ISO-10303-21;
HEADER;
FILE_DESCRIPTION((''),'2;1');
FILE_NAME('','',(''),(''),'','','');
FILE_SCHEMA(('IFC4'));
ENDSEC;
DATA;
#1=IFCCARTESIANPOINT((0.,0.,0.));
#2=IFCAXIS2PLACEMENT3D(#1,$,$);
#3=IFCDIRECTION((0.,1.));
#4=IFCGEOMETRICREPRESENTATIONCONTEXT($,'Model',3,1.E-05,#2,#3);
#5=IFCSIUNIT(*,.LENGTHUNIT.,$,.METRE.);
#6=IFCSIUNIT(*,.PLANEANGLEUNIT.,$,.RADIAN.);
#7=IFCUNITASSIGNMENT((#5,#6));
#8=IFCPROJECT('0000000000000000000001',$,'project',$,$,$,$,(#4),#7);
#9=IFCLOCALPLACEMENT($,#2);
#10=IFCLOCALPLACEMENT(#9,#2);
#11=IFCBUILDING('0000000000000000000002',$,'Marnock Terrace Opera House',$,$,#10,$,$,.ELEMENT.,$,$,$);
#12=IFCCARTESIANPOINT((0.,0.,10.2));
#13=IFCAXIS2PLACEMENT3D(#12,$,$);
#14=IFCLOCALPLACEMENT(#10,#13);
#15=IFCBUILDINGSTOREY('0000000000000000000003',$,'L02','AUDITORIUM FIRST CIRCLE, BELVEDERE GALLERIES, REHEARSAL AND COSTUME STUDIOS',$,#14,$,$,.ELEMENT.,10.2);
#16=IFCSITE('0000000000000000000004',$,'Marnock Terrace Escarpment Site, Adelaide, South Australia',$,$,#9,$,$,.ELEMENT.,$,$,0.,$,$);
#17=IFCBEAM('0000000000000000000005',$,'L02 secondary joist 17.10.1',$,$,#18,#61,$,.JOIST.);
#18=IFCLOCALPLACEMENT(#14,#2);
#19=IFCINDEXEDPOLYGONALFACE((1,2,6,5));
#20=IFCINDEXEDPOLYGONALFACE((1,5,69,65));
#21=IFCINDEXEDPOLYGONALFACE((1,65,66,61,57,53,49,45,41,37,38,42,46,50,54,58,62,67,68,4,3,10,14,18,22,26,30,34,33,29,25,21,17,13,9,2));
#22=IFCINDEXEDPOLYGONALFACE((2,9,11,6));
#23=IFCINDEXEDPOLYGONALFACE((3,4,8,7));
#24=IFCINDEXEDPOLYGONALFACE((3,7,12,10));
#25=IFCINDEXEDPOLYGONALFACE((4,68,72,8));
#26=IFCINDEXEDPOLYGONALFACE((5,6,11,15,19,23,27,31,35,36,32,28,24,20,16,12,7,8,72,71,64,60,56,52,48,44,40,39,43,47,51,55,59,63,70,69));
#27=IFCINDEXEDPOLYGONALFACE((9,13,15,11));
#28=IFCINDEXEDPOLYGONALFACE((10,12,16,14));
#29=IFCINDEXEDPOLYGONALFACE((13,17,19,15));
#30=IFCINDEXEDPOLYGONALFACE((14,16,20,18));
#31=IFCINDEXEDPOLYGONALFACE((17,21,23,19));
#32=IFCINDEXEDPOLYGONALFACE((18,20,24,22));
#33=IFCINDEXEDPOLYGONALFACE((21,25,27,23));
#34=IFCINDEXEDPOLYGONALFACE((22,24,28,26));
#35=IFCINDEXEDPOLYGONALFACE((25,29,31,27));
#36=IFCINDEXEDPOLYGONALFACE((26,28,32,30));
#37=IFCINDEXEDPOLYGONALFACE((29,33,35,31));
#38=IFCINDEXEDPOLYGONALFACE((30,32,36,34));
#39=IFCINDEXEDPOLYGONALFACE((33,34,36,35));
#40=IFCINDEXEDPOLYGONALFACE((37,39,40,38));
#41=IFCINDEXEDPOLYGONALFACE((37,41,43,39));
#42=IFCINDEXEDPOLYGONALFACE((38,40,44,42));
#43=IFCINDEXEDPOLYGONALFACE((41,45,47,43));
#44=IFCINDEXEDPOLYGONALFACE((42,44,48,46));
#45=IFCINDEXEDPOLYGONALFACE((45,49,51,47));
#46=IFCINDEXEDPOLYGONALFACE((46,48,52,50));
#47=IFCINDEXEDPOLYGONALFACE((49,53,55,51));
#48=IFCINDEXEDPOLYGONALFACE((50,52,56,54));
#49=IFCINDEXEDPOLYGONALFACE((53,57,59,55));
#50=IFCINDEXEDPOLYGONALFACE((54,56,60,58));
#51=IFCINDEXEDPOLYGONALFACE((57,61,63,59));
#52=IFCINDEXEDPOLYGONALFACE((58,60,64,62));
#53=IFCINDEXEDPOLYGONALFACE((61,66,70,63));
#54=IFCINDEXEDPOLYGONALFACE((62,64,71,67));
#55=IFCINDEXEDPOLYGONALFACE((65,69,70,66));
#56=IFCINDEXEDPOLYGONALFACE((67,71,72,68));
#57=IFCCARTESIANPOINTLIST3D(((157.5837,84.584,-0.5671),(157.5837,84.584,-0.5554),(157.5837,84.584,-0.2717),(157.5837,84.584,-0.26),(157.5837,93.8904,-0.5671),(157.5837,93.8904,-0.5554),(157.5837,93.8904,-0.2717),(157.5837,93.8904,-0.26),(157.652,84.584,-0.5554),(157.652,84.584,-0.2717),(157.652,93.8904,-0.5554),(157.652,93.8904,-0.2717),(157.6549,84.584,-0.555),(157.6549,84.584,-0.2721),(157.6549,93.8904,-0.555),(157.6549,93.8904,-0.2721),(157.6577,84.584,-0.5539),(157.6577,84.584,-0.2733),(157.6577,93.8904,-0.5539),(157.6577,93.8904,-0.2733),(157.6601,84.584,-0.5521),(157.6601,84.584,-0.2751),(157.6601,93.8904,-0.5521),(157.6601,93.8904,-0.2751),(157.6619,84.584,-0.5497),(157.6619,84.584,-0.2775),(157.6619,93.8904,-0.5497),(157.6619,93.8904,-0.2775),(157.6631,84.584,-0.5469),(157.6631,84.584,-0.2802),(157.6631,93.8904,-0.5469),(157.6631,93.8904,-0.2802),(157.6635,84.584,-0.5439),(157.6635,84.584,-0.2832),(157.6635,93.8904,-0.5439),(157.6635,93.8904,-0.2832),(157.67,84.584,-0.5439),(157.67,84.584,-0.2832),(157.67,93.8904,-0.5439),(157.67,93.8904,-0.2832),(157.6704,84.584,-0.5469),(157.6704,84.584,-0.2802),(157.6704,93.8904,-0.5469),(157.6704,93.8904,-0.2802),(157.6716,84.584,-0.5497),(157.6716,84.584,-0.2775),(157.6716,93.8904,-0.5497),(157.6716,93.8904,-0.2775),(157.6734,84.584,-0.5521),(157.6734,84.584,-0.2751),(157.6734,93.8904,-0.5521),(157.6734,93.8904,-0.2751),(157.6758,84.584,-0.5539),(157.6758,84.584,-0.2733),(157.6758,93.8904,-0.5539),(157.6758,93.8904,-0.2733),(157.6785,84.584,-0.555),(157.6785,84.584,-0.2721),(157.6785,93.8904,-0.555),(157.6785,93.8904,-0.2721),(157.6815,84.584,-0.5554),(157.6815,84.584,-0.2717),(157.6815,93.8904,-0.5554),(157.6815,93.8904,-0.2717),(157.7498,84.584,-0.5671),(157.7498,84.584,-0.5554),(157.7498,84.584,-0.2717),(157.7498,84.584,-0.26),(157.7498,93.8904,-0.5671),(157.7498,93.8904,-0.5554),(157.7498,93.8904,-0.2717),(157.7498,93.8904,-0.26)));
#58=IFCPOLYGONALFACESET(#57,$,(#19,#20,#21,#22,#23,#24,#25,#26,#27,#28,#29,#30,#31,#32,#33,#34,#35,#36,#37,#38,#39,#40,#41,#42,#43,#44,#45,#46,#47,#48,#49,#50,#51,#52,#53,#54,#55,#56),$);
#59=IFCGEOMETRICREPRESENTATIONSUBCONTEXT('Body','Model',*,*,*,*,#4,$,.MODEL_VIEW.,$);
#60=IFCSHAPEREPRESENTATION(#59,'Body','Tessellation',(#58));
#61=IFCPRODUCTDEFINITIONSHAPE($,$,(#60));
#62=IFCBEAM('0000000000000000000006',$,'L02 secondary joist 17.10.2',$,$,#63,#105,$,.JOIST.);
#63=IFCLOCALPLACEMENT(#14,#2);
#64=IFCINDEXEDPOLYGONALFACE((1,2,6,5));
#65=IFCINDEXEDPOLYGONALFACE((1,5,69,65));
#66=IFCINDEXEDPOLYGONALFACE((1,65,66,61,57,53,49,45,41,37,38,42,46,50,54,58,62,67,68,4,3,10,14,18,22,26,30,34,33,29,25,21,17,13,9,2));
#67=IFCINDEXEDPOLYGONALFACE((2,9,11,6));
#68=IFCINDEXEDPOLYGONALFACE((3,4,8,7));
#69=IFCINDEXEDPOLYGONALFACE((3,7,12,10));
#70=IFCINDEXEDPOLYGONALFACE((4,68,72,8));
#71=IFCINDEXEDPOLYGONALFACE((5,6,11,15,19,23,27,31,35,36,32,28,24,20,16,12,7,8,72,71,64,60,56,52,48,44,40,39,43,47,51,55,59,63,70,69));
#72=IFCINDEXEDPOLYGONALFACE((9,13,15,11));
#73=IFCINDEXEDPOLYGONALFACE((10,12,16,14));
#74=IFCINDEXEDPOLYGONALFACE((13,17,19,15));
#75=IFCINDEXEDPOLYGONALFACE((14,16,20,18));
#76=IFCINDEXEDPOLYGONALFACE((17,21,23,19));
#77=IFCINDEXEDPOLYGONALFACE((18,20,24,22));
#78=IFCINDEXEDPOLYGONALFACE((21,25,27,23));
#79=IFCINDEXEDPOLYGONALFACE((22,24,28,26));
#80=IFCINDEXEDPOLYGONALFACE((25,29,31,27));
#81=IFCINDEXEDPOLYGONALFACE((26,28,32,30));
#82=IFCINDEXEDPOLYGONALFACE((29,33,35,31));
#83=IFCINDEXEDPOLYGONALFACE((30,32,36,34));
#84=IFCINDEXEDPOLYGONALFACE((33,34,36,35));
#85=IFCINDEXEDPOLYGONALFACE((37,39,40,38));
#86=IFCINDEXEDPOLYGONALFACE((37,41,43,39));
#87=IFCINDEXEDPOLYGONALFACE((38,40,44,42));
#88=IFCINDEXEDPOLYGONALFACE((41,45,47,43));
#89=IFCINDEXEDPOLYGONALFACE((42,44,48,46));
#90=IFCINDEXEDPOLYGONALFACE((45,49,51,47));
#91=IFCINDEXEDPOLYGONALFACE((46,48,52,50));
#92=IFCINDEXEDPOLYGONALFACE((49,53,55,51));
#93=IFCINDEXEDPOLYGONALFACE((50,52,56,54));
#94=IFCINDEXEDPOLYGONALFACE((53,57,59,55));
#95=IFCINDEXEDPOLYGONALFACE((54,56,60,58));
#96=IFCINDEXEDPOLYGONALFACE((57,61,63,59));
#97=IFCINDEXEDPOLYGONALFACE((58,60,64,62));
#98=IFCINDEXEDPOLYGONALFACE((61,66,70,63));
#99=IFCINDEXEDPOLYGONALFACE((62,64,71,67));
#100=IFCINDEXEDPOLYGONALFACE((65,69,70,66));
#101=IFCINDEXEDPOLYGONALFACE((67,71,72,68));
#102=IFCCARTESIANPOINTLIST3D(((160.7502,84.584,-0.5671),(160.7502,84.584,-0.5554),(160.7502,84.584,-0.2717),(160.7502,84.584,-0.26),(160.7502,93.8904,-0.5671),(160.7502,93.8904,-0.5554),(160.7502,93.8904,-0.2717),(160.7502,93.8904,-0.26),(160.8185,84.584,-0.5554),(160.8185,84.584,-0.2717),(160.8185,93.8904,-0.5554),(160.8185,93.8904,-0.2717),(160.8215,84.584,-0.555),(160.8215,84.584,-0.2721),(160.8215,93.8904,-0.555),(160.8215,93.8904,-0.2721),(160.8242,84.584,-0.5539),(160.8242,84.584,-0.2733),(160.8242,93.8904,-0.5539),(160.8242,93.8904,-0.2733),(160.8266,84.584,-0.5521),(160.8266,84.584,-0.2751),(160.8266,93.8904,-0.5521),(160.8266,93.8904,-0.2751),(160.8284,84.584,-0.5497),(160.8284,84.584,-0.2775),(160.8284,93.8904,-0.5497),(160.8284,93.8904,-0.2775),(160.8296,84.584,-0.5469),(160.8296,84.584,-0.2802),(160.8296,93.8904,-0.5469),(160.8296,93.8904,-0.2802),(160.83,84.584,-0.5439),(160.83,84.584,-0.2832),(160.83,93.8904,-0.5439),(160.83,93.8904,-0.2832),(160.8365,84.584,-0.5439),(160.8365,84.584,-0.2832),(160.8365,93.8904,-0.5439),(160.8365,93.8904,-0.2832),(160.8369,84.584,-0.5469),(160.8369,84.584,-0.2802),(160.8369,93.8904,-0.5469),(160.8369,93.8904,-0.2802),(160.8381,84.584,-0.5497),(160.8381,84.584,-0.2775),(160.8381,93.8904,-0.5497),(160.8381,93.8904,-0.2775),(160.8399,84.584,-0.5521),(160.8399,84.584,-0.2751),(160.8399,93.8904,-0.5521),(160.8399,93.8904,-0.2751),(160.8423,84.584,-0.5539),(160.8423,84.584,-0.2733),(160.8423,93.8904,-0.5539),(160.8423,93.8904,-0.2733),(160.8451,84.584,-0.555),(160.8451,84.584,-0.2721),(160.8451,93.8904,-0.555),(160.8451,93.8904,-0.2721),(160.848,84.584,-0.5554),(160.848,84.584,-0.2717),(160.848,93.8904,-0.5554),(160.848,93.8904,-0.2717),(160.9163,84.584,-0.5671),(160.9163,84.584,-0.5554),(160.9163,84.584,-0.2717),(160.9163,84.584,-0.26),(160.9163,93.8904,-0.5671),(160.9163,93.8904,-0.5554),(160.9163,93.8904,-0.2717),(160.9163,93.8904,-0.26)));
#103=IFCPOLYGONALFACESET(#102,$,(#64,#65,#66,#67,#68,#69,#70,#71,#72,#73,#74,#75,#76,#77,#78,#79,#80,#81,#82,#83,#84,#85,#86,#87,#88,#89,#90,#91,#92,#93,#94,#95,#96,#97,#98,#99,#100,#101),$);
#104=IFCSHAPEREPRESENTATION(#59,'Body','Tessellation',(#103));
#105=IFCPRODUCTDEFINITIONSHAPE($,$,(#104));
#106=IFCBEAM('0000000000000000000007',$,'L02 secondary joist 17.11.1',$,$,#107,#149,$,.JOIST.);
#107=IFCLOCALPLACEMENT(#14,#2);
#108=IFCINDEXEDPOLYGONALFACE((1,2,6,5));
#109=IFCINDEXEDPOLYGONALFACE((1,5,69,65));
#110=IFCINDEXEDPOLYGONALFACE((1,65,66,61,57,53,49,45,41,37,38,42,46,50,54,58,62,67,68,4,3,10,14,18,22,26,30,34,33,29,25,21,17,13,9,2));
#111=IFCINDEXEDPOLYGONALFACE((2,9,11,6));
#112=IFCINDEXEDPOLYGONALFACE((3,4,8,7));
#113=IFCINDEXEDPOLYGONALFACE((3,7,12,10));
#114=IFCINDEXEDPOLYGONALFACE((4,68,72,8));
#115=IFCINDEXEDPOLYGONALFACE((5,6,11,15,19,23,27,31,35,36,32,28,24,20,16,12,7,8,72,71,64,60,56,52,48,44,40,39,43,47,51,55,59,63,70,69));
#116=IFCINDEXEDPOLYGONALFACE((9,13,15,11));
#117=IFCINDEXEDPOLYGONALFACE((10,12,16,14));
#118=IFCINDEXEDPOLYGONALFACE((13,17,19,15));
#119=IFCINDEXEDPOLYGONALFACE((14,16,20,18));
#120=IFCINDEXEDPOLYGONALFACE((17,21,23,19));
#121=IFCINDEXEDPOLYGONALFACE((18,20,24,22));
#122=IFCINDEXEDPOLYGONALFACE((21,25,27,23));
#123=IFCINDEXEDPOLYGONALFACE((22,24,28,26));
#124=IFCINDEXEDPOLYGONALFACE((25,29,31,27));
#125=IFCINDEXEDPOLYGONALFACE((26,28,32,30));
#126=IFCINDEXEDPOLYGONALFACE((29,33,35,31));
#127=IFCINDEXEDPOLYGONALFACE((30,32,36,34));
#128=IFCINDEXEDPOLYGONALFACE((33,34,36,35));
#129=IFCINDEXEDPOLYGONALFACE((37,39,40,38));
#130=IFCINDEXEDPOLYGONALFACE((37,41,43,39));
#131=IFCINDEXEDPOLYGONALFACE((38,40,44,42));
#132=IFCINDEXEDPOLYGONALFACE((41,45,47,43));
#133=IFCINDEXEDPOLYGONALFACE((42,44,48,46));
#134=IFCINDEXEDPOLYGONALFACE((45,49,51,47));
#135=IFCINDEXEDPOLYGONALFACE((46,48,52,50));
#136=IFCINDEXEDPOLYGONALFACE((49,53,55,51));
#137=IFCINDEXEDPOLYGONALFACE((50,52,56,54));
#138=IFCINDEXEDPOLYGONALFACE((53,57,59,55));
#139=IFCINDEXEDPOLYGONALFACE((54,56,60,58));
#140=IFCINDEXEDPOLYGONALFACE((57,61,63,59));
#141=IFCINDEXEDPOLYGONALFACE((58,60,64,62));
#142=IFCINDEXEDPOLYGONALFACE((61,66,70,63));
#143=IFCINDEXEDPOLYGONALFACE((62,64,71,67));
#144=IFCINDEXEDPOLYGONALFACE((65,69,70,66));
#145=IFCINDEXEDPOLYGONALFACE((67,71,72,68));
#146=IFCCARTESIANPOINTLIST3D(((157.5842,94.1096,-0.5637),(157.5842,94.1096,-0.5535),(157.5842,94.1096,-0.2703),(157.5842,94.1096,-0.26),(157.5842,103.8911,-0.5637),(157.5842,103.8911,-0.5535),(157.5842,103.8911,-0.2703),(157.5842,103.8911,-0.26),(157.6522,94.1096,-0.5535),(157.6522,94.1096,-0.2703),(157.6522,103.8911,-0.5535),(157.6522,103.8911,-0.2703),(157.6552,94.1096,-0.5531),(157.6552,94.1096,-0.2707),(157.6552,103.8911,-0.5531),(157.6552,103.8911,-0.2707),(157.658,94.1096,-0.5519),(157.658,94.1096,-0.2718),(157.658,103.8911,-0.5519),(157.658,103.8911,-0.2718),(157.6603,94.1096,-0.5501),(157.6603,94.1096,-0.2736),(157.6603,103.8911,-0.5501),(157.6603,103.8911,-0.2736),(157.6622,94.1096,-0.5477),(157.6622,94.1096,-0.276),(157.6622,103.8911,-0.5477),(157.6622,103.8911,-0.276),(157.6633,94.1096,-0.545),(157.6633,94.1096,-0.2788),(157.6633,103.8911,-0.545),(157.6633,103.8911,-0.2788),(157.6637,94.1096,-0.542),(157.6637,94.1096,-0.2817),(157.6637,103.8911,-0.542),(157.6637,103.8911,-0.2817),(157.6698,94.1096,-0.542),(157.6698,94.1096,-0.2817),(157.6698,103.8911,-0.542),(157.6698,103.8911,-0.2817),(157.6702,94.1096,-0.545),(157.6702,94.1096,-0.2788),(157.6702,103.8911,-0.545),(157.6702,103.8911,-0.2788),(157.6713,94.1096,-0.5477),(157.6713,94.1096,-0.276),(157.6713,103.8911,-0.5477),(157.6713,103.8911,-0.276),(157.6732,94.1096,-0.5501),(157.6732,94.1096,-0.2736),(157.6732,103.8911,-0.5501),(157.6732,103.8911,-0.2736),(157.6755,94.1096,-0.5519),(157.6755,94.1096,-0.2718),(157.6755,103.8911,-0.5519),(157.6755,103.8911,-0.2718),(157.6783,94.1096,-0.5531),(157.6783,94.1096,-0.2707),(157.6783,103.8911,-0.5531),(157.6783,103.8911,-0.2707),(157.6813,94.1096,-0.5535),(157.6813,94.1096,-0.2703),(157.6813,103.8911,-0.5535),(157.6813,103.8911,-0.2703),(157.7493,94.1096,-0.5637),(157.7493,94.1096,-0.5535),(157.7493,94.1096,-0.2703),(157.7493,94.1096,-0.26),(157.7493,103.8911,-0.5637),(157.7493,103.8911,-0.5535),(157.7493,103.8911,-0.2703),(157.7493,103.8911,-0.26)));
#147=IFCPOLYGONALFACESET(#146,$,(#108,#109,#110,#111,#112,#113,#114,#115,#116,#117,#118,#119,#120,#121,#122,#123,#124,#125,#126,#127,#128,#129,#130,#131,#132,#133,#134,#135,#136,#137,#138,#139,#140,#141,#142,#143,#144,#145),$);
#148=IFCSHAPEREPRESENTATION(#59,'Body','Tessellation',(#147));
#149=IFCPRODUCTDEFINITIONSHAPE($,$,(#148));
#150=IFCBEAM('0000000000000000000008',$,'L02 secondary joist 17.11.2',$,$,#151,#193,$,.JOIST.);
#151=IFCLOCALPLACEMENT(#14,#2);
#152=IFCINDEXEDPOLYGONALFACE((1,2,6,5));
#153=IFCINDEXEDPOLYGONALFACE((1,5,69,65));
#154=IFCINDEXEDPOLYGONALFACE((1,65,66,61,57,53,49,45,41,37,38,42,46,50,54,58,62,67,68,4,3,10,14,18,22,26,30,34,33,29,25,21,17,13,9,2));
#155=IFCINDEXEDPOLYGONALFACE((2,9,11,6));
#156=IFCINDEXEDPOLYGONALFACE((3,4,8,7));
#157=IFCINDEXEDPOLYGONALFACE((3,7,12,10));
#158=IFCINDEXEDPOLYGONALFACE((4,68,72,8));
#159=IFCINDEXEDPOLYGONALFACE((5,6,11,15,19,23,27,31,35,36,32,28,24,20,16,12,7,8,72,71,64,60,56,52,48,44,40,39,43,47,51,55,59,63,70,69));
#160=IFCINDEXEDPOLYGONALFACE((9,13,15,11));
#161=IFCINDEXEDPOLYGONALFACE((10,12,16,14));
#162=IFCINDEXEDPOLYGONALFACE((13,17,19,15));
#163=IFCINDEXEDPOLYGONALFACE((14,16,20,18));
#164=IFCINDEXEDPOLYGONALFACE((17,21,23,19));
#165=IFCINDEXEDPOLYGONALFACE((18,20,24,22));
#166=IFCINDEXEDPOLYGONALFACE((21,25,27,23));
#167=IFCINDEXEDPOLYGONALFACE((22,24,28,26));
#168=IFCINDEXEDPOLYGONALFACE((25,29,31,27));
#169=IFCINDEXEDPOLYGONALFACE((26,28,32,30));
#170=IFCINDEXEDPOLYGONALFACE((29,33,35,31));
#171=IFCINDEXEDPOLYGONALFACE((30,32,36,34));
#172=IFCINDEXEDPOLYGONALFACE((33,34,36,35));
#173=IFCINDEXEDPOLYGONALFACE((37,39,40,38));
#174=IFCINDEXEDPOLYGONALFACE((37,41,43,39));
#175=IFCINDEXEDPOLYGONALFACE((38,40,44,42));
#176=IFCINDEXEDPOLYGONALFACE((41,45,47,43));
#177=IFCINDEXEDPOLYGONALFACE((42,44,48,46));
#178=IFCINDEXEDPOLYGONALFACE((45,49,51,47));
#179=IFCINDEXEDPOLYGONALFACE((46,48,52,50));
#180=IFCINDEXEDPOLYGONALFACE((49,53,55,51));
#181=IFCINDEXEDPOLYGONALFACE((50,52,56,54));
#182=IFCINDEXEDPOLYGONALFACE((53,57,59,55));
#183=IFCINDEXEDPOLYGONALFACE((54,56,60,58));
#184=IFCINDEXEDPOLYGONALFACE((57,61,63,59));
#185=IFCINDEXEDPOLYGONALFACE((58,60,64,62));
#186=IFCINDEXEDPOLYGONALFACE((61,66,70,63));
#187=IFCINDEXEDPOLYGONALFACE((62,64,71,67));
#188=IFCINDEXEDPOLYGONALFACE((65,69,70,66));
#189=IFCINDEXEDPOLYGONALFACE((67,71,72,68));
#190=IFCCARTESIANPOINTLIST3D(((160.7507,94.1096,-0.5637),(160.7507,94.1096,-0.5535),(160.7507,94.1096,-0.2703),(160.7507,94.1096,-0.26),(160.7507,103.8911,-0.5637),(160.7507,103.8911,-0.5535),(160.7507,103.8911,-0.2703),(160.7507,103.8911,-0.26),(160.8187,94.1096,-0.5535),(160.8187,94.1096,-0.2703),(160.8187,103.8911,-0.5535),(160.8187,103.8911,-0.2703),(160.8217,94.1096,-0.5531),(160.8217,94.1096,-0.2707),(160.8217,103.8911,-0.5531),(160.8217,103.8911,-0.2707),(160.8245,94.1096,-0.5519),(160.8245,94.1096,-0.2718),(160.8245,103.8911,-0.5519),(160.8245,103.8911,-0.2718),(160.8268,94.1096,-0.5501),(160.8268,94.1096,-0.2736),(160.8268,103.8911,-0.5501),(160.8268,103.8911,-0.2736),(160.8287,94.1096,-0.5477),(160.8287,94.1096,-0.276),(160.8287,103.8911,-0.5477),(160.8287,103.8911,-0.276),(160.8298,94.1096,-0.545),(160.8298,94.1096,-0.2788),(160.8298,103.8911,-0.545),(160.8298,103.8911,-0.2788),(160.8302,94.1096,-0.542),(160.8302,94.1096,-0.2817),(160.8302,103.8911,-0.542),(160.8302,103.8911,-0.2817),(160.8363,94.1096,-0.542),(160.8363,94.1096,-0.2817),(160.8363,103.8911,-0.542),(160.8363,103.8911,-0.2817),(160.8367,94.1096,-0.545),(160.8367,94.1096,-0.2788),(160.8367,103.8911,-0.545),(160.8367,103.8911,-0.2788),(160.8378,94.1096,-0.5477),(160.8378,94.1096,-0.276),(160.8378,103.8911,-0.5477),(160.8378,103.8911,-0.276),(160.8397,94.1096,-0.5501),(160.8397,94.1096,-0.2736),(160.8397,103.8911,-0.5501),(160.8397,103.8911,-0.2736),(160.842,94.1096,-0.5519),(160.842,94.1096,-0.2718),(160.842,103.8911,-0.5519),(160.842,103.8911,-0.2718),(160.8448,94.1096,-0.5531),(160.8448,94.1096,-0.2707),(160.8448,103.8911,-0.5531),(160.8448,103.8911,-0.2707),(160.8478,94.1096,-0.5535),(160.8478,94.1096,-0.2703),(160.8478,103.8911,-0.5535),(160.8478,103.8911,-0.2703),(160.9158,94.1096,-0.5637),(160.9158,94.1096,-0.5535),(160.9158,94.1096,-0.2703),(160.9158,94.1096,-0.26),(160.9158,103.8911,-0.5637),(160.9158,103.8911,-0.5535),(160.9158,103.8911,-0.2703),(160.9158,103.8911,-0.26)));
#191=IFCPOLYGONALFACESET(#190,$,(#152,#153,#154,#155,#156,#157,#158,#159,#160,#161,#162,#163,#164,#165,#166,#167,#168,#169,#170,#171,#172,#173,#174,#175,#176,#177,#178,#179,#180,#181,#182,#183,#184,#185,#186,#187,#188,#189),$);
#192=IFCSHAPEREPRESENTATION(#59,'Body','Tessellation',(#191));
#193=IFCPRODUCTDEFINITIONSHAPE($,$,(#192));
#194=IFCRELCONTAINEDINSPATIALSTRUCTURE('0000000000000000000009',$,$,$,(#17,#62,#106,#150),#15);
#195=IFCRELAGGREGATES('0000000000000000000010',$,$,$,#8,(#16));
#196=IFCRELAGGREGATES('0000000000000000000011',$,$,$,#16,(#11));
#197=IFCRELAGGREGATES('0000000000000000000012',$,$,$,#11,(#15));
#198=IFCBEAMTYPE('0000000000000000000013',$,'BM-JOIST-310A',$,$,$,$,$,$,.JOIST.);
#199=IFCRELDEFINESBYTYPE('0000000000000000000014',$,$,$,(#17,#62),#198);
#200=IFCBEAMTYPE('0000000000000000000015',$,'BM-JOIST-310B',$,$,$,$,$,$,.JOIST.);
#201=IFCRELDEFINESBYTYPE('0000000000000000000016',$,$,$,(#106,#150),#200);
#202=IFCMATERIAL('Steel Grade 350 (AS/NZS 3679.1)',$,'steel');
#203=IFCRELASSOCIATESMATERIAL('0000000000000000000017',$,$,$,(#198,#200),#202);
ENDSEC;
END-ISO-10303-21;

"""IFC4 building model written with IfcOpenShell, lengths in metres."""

from ifc_helpers import new_model, si_unit, direction, frame, origin, origin_2d, place, context, subcontext, project, spatial, i_section, extrude, material, material_profile, profile_set, type_object, element, save


model = new_model("IFC4")

# Units and contexts
model_context = context("Model", 3, precision=1e-05, world=origin(), true_north=direction((0.0, 1.0)))
body_context = subcontext(model_context, "Body", "Model", "MODEL_VIEW")
ifc_project = project(units=[si_unit("LENGTHUNIT", "METRE"), si_unit("PLANEANGLEUNIT", "RADIAN")], contexts=[model_context])

# Site, building, storey
site_placement = place(None, origin())
site = spatial("IfcSite", under=ifc_project, at=site_placement, Name="Marnock Terrace Escarpment Site, Adelaide, South Australia", CompositionType="ELEMENT", RefElevation=0.0)
building_placement = place(site_placement, origin())
building = spatial("IfcBuilding", under=site, at=building_placement, Name="Marnock Terrace Opera House", CompositionType="ELEMENT")
storey_placement = place(building_placement, frame((0.0, 0.0, 10.2)))
storey = spatial("IfcBuildingStorey", under=building, at=storey_placement, Name="L02", Description="AUDITORIUM FIRST CIRCLE, BELVEDERE GALLERIES, REHEARSAL AND COSTUME STUDIOS", CompositionType="ELEMENT", Elevation=10.2)

# Beams
ifc_material_1 = material(Name="Steel Grade 350 (AS/NZS 3679.1)", Category="steel")
ifc_material_profile_1 = material_profile(ifc_material_1, i_section(OverallWidth=0.166, OverallDepth=0.3071, WebThickness=0.0066, FlangeThickness=0.0117, FilletRadius=0.0115, at=origin_2d()))
ifc_profile_set_1 = profile_set([ifc_material_profile_1], Name="Steel Grade 350 (AS/NZS 3679.1)")
beam_type_1 = type_object("IfcBeamType", Name="BM-JOIST-310A", PredefinedType="JOIST", material=ifc_profile_set_1)
for number, where, z_axis, x_axis, name in (
    (1, (157.6667, 84.584, -0.4136), (0.0, 1.0, 0.0), (-1.0, 0.0, 0.0), "L02 secondary joist 17.10.1"),
    (2, (160.8333, 84.584, -0.4136), (0.0, 1.0, 0.0), (-1.0, 0.0, 0.0), "L02 secondary joist 17.10.2"),
):
    element("IfcBeam", number, at=place(storey_placement, frame(where, z_axis=z_axis, x_axis=x_axis)), inside=storey, type_object=beam_type_1, Name=name, PredefinedType="JOIST", context=body_context, shape_type="SweptSolid", body=[
        extrude(i_section(OverallWidth=0.166, OverallDepth=0.3071, WebThickness=0.0066, FlangeThickness=0.0117, FilletRadius=0.0115, at=origin_2d()), origin(), (0.0, 0.0, 1.0), 9.3064),
    ])
ifc_material_profile_2 = material_profile(ifc_material_1, i_section(OverallWidth=0.165, OverallDepth=0.3037, WebThickness=0.0061, FlangeThickness=0.0103, FilletRadius=0.0115, at=origin_2d()))
ifc_profile_set_2 = profile_set([ifc_material_profile_2], Name="Steel Grade 350 (AS/NZS 3679.1)")
beam_type_2 = type_object("IfcBeamType", Name="BM-JOIST-310B", PredefinedType="JOIST", material=ifc_profile_set_2)
for number, where, z_axis, x_axis, name in (
    (3, (157.6667, 94.1096, -0.4119), (0.0, 1.0, 0.0), (-1.0, 0.0, 0.0), "L02 secondary joist 17.11.1"),
    (4, (160.8333, 94.1096, -0.4119), (0.0, 1.0, 0.0), (-1.0, 0.0, 0.0), "L02 secondary joist 17.11.2"),
):
    element("IfcBeam", number, at=place(storey_placement, frame(where, z_axis=z_axis, x_axis=x_axis)), inside=storey, type_object=beam_type_2, Name=name, PredefinedType="JOIST", context=body_context, shape_type="SweptSolid", body=[
        extrude(i_section(OverallWidth=0.165, OverallDepth=0.3037, WebThickness=0.0061, FlangeThickness=0.0103, FilletRadius=0.0115, at=origin_2d()), origin(), (0.0, 0.0, 1.0), 9.7815),
    ])

save(model, "model.ifc")
